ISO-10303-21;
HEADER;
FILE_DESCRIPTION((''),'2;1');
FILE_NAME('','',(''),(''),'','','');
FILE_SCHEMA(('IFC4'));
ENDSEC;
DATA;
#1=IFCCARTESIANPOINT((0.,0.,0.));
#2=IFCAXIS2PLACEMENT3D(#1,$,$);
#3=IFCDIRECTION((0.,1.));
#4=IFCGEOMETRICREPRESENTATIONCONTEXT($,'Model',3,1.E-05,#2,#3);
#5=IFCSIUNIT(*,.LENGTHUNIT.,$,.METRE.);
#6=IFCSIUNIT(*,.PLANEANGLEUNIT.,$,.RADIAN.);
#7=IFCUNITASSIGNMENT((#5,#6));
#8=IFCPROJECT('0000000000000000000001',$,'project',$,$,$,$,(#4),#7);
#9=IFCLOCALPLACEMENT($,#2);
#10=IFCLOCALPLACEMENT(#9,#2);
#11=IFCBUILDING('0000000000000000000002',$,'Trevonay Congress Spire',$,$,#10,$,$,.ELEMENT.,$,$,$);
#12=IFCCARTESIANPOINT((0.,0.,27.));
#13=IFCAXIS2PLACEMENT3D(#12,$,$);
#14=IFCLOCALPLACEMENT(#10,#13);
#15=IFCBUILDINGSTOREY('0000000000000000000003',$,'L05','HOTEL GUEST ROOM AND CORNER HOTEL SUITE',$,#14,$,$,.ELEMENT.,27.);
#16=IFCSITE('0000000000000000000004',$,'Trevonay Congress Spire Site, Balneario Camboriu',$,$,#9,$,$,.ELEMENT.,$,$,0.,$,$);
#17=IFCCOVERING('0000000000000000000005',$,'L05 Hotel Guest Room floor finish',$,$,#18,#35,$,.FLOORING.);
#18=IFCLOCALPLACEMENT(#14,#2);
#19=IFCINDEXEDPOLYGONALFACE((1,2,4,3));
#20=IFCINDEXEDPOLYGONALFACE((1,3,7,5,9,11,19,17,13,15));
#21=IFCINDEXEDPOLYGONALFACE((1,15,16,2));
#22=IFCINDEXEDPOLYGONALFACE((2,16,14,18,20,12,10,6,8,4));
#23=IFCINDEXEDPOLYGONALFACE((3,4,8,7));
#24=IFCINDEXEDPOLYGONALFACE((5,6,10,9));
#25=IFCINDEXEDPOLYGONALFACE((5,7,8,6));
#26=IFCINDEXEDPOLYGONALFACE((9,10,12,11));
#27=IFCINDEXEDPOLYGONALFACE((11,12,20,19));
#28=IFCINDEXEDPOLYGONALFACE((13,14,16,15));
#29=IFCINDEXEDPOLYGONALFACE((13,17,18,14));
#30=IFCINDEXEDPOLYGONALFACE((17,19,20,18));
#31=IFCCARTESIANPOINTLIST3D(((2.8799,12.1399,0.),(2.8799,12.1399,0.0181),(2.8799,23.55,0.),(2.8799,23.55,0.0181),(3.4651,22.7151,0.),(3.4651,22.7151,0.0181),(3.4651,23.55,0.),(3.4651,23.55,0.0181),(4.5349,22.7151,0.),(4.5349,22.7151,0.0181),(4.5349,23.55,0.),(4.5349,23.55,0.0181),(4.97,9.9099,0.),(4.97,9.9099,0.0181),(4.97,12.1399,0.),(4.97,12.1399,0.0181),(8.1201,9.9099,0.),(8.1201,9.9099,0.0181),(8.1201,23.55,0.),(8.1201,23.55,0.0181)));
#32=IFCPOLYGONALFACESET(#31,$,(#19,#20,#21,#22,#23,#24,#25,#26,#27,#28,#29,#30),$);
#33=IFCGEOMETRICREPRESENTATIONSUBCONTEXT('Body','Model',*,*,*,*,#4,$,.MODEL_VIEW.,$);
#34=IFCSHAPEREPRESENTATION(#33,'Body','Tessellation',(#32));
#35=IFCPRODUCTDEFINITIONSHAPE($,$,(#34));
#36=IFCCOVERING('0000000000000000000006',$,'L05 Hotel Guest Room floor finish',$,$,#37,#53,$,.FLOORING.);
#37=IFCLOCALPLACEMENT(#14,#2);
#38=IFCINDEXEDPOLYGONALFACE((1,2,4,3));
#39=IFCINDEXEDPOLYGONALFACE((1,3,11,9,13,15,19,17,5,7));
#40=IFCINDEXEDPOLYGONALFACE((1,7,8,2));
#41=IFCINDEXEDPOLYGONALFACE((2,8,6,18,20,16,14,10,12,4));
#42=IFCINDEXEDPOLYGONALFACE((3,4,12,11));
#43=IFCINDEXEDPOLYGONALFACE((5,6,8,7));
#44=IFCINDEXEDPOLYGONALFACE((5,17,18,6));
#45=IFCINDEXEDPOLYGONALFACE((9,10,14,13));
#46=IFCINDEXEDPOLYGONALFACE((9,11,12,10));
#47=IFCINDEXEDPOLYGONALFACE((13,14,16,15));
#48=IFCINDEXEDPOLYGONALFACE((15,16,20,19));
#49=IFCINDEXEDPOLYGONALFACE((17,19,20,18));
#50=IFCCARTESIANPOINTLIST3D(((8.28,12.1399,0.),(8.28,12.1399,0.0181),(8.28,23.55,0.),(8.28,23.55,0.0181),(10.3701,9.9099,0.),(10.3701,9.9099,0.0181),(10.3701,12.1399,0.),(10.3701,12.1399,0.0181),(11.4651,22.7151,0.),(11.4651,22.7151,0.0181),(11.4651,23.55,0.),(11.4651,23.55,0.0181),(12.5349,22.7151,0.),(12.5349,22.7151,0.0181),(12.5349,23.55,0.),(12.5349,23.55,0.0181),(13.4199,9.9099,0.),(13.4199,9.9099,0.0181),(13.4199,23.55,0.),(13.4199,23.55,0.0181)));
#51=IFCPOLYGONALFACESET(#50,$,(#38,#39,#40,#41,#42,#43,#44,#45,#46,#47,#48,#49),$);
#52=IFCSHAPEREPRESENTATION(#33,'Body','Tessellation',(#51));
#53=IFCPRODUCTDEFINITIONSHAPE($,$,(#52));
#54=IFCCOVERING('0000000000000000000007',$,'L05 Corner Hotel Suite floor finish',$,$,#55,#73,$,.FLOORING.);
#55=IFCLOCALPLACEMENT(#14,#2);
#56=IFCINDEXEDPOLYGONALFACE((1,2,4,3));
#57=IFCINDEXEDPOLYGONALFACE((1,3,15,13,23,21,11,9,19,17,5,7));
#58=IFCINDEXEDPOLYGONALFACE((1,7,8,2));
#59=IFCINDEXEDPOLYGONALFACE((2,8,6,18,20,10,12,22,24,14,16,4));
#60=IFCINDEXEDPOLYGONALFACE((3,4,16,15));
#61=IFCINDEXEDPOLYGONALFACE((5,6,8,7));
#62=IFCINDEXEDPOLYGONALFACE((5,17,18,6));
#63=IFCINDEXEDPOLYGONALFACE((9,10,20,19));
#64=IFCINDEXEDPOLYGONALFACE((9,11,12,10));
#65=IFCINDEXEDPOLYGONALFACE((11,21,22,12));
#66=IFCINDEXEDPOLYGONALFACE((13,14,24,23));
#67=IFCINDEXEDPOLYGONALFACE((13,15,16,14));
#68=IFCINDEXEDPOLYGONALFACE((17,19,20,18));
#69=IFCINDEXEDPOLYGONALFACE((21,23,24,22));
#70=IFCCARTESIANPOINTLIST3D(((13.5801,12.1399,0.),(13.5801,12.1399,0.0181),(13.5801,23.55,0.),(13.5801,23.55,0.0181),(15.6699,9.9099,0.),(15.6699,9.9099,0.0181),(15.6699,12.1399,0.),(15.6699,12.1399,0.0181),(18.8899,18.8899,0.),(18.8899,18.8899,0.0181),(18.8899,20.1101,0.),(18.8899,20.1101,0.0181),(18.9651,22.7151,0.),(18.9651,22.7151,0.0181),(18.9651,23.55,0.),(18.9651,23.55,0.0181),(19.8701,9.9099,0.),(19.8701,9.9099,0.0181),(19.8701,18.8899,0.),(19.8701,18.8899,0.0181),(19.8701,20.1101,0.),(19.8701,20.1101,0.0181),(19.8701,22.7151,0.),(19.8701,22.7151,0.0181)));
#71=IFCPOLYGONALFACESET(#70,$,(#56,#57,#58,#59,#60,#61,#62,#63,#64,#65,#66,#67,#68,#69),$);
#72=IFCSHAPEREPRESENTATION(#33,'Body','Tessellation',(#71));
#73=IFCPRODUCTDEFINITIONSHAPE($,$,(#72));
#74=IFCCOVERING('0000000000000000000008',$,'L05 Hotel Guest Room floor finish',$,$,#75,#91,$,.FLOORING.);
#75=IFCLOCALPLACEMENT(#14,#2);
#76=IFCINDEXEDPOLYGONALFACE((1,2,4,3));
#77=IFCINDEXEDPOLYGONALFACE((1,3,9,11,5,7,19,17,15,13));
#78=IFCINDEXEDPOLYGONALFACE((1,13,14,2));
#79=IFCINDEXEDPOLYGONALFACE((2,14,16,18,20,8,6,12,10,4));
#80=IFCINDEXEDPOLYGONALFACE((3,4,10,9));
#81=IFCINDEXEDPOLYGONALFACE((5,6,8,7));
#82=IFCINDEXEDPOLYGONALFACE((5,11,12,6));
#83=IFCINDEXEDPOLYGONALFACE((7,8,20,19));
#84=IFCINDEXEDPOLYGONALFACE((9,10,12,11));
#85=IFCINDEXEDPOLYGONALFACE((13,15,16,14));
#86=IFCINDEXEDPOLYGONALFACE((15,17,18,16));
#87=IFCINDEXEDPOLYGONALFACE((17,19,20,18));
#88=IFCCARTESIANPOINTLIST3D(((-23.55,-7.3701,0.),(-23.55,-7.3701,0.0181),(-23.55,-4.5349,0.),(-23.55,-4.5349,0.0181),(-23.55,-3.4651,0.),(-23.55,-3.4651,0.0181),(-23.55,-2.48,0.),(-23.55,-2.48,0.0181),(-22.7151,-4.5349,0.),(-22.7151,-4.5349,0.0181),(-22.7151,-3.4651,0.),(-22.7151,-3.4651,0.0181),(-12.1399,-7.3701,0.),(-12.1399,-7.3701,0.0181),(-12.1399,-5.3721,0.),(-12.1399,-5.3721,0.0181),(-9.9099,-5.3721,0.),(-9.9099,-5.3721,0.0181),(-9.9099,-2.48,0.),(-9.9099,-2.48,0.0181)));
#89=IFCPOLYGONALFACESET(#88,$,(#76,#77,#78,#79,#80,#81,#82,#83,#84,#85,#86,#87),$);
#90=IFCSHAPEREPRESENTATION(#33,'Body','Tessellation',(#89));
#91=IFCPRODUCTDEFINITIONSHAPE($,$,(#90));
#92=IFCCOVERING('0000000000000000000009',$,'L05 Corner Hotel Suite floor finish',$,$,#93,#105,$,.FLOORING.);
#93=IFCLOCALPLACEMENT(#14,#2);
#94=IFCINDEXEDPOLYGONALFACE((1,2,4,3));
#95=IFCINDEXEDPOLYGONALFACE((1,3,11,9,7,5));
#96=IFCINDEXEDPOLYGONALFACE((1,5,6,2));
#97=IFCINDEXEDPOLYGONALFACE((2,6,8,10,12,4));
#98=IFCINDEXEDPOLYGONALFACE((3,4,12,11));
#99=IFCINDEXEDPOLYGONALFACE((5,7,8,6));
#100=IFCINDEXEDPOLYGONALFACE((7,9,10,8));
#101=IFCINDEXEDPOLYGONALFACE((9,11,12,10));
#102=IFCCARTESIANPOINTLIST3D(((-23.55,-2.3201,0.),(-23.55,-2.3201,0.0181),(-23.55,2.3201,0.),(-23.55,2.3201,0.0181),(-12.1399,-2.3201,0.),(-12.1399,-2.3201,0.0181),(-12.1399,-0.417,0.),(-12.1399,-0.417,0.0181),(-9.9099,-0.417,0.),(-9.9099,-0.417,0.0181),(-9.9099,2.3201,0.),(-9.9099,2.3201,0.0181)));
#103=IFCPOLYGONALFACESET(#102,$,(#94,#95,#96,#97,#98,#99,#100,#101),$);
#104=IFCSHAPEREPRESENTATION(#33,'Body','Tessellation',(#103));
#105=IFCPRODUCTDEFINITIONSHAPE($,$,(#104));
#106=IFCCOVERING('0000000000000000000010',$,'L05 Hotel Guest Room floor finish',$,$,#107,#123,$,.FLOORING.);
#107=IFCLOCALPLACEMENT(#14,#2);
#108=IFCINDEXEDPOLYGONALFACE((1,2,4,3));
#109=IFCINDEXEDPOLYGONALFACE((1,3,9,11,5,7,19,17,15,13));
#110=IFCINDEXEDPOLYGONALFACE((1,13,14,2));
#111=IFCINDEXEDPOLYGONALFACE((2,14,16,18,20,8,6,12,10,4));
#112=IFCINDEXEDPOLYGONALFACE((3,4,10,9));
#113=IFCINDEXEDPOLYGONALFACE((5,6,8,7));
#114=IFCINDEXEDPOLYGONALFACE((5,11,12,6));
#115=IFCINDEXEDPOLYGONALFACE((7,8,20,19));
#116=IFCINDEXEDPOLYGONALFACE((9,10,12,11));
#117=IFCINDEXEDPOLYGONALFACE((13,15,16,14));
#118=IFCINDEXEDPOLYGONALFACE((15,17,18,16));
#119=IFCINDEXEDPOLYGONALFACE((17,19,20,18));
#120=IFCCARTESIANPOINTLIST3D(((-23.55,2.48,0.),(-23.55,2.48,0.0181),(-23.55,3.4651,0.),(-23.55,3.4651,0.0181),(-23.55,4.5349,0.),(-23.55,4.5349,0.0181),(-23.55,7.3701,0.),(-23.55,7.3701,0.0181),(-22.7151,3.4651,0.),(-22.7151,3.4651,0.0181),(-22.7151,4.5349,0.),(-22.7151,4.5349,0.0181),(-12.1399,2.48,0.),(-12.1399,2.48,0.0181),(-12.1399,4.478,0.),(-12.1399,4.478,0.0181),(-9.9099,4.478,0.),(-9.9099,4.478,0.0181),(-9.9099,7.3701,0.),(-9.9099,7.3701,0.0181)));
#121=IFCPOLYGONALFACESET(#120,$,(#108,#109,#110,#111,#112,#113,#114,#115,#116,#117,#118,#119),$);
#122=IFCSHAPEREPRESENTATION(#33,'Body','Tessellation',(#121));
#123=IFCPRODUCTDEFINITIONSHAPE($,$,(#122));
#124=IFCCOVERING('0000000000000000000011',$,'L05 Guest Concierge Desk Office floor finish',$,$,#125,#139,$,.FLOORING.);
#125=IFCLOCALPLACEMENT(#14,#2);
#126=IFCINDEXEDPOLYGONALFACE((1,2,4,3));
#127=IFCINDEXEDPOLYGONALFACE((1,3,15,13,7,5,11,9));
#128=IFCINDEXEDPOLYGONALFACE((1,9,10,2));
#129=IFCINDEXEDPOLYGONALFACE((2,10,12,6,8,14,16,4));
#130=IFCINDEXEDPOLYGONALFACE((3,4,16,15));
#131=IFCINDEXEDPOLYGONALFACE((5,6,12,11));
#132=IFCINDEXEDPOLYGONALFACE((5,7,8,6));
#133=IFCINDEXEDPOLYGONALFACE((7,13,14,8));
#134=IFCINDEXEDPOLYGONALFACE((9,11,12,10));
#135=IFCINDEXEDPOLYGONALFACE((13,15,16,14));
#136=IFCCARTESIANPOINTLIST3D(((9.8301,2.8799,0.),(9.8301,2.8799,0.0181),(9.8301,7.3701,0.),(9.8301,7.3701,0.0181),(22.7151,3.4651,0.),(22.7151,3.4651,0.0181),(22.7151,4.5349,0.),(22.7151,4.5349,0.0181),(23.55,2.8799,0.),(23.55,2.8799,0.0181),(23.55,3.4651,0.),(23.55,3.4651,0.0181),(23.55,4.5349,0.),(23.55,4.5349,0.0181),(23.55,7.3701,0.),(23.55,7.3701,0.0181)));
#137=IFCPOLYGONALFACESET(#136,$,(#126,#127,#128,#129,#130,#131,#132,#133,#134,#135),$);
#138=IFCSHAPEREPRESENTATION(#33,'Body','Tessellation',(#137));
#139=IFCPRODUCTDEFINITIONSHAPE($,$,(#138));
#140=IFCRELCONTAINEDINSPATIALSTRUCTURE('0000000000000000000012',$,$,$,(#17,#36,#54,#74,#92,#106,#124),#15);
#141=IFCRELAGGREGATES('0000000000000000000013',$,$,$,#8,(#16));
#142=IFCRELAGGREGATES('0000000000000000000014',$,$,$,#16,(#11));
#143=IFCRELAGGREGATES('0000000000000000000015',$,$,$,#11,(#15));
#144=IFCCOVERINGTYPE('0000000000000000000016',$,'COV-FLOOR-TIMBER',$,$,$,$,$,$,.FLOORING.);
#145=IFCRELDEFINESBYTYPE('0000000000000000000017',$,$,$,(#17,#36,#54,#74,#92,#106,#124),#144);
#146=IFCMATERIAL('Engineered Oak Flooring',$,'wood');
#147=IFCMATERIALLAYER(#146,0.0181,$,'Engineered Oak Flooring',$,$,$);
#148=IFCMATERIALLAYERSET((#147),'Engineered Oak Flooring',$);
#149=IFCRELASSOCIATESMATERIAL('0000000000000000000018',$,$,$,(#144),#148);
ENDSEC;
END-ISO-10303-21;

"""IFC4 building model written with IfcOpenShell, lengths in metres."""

from ifc_helpers import new_model, si_unit, direction, frame, origin, place, context, subcontext, project, spatial, polyline, outline, extrude, material, layer, layer_set, type_object, element, save


model = new_model("IFC4")

# Units and contexts
model_context = context("Model", 3, precision=1e-05, world=origin(), true_north=direction((0.0, 1.0)))
body_context = subcontext(model_context, "Body", "Model", "MODEL_VIEW")
ifc_project = project(units=[si_unit("LENGTHUNIT", "METRE"), si_unit("PLANEANGLEUNIT", "RADIAN")], contexts=[model_context])

# Site, building, storey
site_placement = place(None, origin())
site = spatial("IfcSite", under=ifc_project, at=site_placement, Name="Trevonay Congress Spire Site, Balneario Camboriu", CompositionType="ELEMENT", RefElevation=0.0)
building_placement = place(site_placement, origin())
building = spatial("IfcBuilding", under=site, at=building_placement, Name="Trevonay Congress Spire", CompositionType="ELEMENT")
storey_placement = place(building_placement, frame((0.0, 0.0, 27.0)))
storey = spatial("IfcBuildingStorey", under=building, at=storey_placement, Name="L05", Description="HOTEL GUEST ROOM AND CORNER HOTEL SUITE", CompositionType="ELEMENT", Elevation=27.0)

# Coverings
ifc_material_1 = material(Name="Engineered Oak Flooring", Category="wood")
ifc_layer_1 = layer(ifc_material_1, 0.0181, Name="Engineered Oak Flooring")
ifc_layer_set_1 = layer_set([ifc_layer_1], Name="Engineered Oak Flooring")
covering_type_1 = type_object("IfcCoveringType", Name="COV-FLOOR-TIMBER", PredefinedType="FLOORING", material=ifc_layer_set_1)
covering_1_placement = place(storey_placement, origin())
element("IfcCovering", 1, at=covering_1_placement, inside=storey, type_object=covering_type_1, Name="L05 Hotel Guest Room floor finish", PredefinedType="FLOORING", context=body_context, shape_type="SweptSolid", body=[
    extrude(outline(polyline([(8.1201, 23.55), (8.1201, 9.9099), (4.97, 9.9099), (4.97, 12.1399), (2.8799, 12.1399), (2.8799, 23.55), (3.4651, 23.55), (3.4651, 22.7151), (4.5349, 22.7151), (4.5349, 23.55), (8.1201, 23.55)])), origin(), (0.0, 0.0, 1.0), 0.0181),
])
covering_2_placement = place(storey_placement, origin())
element("IfcCovering", 2, at=covering_2_placement, inside=storey, type_object=covering_type_1, Name="L05 Hotel Guest Room floor finish", PredefinedType="FLOORING", context=body_context, shape_type="SweptSolid", body=[
    extrude(outline(polyline([(13.4199, 23.55), (13.4199, 9.9099), (10.3701, 9.9099), (10.3701, 12.1399), (8.28, 12.1399), (8.28, 23.55), (11.4651, 23.55), (11.4651, 22.7151), (12.5349, 22.7151), (12.5349, 23.55), (13.4199, 23.55)])), origin(), (0.0, 0.0, 1.0), 0.0181),
])
covering_3_placement = place(storey_placement, origin())
element("IfcCovering", 3, at=covering_3_placement, inside=storey, type_object=covering_type_1, Name="L05 Corner Hotel Suite floor finish", PredefinedType="FLOORING", context=body_context, shape_type="SweptSolid", body=[
    extrude(outline(polyline([(19.8701, 9.9099), (15.6699, 9.9099), (15.6699, 12.1399), (13.5801, 12.1399), (13.5801, 23.55), (18.9651, 23.55), (18.9651, 22.7151), (19.8701, 22.7151), (19.8701, 20.1101), (18.8899, 20.1101), (18.8899, 18.8899), (19.8701, 18.8899), (19.8701, 9.9099)])), origin(), (0.0, 0.0, 1.0), 0.0181),
])
covering_4_placement = place(storey_placement, origin())
element("IfcCovering", 4, at=covering_4_placement, inside=storey, type_object=covering_type_1, Name="L05 Hotel Guest Room floor finish", PredefinedType="FLOORING", context=body_context, shape_type="SweptSolid", body=[
    extrude(outline(polyline([(-23.55, -4.5349), (-22.7151, -4.5349), (-22.7151, -3.4651), (-23.55, -3.4651), (-23.55, -2.48), (-9.9099, -2.48), (-9.9099, -5.3721), (-12.1399, -5.3721), (-12.1399, -7.3701), (-23.55, -7.3701), (-23.55, -4.5349)])), origin(), (0.0, 0.0, 1.0), 0.0181),
])
covering_5_placement = place(storey_placement, origin())
element("IfcCovering", 5, at=covering_5_placement, inside=storey, type_object=covering_type_1, Name="L05 Corner Hotel Suite floor finish", PredefinedType="FLOORING", context=body_context, shape_type="SweptSolid", body=[
    extrude(outline(polyline([(-23.55, -2.3201), (-23.55, 2.3201), (-9.9099, 2.3201), (-9.9099, -0.417), (-12.1399, -0.417), (-12.1399, -2.3201), (-23.55, -2.3201)])), origin(), (0.0, 0.0, 1.0), 0.0181),
])
covering_6_placement = place(storey_placement, origin())
element("IfcCovering", 6, at=covering_6_placement, inside=storey, type_object=covering_type_1, Name="L05 Hotel Guest Room floor finish", PredefinedType="FLOORING", context=body_context, shape_type="SweptSolid", body=[
    extrude(outline(polyline([(-23.55, 3.4651), (-22.7151, 3.4651), (-22.7151, 4.5349), (-23.55, 4.5349), (-23.55, 7.3701), (-9.9099, 7.3701), (-9.9099, 4.478), (-12.1399, 4.478), (-12.1399, 2.48), (-23.55, 2.48), (-23.55, 3.4651)])), origin(), (0.0, 0.0, 1.0), 0.0181),
])
covering_7_placement = place(storey_placement, origin())
element("IfcCovering", 7, at=covering_7_placement, inside=storey, type_object=covering_type_1, Name="L05 Guest Concierge Desk Office floor finish", PredefinedType="FLOORING", context=body_context, shape_type="SweptSolid", body=[
    extrude(outline(polyline([(23.55, 2.8799), (9.8301, 2.8799), (9.8301, 7.3701), (23.55, 7.3701), (23.55, 4.5349), (22.7151, 4.5349), (22.7151, 3.4651), (23.55, 3.4651), (23.55, 2.8799)])), origin(), (0.0, 0.0, 1.0), 0.0181),
])

save(model, "model.ifc")
